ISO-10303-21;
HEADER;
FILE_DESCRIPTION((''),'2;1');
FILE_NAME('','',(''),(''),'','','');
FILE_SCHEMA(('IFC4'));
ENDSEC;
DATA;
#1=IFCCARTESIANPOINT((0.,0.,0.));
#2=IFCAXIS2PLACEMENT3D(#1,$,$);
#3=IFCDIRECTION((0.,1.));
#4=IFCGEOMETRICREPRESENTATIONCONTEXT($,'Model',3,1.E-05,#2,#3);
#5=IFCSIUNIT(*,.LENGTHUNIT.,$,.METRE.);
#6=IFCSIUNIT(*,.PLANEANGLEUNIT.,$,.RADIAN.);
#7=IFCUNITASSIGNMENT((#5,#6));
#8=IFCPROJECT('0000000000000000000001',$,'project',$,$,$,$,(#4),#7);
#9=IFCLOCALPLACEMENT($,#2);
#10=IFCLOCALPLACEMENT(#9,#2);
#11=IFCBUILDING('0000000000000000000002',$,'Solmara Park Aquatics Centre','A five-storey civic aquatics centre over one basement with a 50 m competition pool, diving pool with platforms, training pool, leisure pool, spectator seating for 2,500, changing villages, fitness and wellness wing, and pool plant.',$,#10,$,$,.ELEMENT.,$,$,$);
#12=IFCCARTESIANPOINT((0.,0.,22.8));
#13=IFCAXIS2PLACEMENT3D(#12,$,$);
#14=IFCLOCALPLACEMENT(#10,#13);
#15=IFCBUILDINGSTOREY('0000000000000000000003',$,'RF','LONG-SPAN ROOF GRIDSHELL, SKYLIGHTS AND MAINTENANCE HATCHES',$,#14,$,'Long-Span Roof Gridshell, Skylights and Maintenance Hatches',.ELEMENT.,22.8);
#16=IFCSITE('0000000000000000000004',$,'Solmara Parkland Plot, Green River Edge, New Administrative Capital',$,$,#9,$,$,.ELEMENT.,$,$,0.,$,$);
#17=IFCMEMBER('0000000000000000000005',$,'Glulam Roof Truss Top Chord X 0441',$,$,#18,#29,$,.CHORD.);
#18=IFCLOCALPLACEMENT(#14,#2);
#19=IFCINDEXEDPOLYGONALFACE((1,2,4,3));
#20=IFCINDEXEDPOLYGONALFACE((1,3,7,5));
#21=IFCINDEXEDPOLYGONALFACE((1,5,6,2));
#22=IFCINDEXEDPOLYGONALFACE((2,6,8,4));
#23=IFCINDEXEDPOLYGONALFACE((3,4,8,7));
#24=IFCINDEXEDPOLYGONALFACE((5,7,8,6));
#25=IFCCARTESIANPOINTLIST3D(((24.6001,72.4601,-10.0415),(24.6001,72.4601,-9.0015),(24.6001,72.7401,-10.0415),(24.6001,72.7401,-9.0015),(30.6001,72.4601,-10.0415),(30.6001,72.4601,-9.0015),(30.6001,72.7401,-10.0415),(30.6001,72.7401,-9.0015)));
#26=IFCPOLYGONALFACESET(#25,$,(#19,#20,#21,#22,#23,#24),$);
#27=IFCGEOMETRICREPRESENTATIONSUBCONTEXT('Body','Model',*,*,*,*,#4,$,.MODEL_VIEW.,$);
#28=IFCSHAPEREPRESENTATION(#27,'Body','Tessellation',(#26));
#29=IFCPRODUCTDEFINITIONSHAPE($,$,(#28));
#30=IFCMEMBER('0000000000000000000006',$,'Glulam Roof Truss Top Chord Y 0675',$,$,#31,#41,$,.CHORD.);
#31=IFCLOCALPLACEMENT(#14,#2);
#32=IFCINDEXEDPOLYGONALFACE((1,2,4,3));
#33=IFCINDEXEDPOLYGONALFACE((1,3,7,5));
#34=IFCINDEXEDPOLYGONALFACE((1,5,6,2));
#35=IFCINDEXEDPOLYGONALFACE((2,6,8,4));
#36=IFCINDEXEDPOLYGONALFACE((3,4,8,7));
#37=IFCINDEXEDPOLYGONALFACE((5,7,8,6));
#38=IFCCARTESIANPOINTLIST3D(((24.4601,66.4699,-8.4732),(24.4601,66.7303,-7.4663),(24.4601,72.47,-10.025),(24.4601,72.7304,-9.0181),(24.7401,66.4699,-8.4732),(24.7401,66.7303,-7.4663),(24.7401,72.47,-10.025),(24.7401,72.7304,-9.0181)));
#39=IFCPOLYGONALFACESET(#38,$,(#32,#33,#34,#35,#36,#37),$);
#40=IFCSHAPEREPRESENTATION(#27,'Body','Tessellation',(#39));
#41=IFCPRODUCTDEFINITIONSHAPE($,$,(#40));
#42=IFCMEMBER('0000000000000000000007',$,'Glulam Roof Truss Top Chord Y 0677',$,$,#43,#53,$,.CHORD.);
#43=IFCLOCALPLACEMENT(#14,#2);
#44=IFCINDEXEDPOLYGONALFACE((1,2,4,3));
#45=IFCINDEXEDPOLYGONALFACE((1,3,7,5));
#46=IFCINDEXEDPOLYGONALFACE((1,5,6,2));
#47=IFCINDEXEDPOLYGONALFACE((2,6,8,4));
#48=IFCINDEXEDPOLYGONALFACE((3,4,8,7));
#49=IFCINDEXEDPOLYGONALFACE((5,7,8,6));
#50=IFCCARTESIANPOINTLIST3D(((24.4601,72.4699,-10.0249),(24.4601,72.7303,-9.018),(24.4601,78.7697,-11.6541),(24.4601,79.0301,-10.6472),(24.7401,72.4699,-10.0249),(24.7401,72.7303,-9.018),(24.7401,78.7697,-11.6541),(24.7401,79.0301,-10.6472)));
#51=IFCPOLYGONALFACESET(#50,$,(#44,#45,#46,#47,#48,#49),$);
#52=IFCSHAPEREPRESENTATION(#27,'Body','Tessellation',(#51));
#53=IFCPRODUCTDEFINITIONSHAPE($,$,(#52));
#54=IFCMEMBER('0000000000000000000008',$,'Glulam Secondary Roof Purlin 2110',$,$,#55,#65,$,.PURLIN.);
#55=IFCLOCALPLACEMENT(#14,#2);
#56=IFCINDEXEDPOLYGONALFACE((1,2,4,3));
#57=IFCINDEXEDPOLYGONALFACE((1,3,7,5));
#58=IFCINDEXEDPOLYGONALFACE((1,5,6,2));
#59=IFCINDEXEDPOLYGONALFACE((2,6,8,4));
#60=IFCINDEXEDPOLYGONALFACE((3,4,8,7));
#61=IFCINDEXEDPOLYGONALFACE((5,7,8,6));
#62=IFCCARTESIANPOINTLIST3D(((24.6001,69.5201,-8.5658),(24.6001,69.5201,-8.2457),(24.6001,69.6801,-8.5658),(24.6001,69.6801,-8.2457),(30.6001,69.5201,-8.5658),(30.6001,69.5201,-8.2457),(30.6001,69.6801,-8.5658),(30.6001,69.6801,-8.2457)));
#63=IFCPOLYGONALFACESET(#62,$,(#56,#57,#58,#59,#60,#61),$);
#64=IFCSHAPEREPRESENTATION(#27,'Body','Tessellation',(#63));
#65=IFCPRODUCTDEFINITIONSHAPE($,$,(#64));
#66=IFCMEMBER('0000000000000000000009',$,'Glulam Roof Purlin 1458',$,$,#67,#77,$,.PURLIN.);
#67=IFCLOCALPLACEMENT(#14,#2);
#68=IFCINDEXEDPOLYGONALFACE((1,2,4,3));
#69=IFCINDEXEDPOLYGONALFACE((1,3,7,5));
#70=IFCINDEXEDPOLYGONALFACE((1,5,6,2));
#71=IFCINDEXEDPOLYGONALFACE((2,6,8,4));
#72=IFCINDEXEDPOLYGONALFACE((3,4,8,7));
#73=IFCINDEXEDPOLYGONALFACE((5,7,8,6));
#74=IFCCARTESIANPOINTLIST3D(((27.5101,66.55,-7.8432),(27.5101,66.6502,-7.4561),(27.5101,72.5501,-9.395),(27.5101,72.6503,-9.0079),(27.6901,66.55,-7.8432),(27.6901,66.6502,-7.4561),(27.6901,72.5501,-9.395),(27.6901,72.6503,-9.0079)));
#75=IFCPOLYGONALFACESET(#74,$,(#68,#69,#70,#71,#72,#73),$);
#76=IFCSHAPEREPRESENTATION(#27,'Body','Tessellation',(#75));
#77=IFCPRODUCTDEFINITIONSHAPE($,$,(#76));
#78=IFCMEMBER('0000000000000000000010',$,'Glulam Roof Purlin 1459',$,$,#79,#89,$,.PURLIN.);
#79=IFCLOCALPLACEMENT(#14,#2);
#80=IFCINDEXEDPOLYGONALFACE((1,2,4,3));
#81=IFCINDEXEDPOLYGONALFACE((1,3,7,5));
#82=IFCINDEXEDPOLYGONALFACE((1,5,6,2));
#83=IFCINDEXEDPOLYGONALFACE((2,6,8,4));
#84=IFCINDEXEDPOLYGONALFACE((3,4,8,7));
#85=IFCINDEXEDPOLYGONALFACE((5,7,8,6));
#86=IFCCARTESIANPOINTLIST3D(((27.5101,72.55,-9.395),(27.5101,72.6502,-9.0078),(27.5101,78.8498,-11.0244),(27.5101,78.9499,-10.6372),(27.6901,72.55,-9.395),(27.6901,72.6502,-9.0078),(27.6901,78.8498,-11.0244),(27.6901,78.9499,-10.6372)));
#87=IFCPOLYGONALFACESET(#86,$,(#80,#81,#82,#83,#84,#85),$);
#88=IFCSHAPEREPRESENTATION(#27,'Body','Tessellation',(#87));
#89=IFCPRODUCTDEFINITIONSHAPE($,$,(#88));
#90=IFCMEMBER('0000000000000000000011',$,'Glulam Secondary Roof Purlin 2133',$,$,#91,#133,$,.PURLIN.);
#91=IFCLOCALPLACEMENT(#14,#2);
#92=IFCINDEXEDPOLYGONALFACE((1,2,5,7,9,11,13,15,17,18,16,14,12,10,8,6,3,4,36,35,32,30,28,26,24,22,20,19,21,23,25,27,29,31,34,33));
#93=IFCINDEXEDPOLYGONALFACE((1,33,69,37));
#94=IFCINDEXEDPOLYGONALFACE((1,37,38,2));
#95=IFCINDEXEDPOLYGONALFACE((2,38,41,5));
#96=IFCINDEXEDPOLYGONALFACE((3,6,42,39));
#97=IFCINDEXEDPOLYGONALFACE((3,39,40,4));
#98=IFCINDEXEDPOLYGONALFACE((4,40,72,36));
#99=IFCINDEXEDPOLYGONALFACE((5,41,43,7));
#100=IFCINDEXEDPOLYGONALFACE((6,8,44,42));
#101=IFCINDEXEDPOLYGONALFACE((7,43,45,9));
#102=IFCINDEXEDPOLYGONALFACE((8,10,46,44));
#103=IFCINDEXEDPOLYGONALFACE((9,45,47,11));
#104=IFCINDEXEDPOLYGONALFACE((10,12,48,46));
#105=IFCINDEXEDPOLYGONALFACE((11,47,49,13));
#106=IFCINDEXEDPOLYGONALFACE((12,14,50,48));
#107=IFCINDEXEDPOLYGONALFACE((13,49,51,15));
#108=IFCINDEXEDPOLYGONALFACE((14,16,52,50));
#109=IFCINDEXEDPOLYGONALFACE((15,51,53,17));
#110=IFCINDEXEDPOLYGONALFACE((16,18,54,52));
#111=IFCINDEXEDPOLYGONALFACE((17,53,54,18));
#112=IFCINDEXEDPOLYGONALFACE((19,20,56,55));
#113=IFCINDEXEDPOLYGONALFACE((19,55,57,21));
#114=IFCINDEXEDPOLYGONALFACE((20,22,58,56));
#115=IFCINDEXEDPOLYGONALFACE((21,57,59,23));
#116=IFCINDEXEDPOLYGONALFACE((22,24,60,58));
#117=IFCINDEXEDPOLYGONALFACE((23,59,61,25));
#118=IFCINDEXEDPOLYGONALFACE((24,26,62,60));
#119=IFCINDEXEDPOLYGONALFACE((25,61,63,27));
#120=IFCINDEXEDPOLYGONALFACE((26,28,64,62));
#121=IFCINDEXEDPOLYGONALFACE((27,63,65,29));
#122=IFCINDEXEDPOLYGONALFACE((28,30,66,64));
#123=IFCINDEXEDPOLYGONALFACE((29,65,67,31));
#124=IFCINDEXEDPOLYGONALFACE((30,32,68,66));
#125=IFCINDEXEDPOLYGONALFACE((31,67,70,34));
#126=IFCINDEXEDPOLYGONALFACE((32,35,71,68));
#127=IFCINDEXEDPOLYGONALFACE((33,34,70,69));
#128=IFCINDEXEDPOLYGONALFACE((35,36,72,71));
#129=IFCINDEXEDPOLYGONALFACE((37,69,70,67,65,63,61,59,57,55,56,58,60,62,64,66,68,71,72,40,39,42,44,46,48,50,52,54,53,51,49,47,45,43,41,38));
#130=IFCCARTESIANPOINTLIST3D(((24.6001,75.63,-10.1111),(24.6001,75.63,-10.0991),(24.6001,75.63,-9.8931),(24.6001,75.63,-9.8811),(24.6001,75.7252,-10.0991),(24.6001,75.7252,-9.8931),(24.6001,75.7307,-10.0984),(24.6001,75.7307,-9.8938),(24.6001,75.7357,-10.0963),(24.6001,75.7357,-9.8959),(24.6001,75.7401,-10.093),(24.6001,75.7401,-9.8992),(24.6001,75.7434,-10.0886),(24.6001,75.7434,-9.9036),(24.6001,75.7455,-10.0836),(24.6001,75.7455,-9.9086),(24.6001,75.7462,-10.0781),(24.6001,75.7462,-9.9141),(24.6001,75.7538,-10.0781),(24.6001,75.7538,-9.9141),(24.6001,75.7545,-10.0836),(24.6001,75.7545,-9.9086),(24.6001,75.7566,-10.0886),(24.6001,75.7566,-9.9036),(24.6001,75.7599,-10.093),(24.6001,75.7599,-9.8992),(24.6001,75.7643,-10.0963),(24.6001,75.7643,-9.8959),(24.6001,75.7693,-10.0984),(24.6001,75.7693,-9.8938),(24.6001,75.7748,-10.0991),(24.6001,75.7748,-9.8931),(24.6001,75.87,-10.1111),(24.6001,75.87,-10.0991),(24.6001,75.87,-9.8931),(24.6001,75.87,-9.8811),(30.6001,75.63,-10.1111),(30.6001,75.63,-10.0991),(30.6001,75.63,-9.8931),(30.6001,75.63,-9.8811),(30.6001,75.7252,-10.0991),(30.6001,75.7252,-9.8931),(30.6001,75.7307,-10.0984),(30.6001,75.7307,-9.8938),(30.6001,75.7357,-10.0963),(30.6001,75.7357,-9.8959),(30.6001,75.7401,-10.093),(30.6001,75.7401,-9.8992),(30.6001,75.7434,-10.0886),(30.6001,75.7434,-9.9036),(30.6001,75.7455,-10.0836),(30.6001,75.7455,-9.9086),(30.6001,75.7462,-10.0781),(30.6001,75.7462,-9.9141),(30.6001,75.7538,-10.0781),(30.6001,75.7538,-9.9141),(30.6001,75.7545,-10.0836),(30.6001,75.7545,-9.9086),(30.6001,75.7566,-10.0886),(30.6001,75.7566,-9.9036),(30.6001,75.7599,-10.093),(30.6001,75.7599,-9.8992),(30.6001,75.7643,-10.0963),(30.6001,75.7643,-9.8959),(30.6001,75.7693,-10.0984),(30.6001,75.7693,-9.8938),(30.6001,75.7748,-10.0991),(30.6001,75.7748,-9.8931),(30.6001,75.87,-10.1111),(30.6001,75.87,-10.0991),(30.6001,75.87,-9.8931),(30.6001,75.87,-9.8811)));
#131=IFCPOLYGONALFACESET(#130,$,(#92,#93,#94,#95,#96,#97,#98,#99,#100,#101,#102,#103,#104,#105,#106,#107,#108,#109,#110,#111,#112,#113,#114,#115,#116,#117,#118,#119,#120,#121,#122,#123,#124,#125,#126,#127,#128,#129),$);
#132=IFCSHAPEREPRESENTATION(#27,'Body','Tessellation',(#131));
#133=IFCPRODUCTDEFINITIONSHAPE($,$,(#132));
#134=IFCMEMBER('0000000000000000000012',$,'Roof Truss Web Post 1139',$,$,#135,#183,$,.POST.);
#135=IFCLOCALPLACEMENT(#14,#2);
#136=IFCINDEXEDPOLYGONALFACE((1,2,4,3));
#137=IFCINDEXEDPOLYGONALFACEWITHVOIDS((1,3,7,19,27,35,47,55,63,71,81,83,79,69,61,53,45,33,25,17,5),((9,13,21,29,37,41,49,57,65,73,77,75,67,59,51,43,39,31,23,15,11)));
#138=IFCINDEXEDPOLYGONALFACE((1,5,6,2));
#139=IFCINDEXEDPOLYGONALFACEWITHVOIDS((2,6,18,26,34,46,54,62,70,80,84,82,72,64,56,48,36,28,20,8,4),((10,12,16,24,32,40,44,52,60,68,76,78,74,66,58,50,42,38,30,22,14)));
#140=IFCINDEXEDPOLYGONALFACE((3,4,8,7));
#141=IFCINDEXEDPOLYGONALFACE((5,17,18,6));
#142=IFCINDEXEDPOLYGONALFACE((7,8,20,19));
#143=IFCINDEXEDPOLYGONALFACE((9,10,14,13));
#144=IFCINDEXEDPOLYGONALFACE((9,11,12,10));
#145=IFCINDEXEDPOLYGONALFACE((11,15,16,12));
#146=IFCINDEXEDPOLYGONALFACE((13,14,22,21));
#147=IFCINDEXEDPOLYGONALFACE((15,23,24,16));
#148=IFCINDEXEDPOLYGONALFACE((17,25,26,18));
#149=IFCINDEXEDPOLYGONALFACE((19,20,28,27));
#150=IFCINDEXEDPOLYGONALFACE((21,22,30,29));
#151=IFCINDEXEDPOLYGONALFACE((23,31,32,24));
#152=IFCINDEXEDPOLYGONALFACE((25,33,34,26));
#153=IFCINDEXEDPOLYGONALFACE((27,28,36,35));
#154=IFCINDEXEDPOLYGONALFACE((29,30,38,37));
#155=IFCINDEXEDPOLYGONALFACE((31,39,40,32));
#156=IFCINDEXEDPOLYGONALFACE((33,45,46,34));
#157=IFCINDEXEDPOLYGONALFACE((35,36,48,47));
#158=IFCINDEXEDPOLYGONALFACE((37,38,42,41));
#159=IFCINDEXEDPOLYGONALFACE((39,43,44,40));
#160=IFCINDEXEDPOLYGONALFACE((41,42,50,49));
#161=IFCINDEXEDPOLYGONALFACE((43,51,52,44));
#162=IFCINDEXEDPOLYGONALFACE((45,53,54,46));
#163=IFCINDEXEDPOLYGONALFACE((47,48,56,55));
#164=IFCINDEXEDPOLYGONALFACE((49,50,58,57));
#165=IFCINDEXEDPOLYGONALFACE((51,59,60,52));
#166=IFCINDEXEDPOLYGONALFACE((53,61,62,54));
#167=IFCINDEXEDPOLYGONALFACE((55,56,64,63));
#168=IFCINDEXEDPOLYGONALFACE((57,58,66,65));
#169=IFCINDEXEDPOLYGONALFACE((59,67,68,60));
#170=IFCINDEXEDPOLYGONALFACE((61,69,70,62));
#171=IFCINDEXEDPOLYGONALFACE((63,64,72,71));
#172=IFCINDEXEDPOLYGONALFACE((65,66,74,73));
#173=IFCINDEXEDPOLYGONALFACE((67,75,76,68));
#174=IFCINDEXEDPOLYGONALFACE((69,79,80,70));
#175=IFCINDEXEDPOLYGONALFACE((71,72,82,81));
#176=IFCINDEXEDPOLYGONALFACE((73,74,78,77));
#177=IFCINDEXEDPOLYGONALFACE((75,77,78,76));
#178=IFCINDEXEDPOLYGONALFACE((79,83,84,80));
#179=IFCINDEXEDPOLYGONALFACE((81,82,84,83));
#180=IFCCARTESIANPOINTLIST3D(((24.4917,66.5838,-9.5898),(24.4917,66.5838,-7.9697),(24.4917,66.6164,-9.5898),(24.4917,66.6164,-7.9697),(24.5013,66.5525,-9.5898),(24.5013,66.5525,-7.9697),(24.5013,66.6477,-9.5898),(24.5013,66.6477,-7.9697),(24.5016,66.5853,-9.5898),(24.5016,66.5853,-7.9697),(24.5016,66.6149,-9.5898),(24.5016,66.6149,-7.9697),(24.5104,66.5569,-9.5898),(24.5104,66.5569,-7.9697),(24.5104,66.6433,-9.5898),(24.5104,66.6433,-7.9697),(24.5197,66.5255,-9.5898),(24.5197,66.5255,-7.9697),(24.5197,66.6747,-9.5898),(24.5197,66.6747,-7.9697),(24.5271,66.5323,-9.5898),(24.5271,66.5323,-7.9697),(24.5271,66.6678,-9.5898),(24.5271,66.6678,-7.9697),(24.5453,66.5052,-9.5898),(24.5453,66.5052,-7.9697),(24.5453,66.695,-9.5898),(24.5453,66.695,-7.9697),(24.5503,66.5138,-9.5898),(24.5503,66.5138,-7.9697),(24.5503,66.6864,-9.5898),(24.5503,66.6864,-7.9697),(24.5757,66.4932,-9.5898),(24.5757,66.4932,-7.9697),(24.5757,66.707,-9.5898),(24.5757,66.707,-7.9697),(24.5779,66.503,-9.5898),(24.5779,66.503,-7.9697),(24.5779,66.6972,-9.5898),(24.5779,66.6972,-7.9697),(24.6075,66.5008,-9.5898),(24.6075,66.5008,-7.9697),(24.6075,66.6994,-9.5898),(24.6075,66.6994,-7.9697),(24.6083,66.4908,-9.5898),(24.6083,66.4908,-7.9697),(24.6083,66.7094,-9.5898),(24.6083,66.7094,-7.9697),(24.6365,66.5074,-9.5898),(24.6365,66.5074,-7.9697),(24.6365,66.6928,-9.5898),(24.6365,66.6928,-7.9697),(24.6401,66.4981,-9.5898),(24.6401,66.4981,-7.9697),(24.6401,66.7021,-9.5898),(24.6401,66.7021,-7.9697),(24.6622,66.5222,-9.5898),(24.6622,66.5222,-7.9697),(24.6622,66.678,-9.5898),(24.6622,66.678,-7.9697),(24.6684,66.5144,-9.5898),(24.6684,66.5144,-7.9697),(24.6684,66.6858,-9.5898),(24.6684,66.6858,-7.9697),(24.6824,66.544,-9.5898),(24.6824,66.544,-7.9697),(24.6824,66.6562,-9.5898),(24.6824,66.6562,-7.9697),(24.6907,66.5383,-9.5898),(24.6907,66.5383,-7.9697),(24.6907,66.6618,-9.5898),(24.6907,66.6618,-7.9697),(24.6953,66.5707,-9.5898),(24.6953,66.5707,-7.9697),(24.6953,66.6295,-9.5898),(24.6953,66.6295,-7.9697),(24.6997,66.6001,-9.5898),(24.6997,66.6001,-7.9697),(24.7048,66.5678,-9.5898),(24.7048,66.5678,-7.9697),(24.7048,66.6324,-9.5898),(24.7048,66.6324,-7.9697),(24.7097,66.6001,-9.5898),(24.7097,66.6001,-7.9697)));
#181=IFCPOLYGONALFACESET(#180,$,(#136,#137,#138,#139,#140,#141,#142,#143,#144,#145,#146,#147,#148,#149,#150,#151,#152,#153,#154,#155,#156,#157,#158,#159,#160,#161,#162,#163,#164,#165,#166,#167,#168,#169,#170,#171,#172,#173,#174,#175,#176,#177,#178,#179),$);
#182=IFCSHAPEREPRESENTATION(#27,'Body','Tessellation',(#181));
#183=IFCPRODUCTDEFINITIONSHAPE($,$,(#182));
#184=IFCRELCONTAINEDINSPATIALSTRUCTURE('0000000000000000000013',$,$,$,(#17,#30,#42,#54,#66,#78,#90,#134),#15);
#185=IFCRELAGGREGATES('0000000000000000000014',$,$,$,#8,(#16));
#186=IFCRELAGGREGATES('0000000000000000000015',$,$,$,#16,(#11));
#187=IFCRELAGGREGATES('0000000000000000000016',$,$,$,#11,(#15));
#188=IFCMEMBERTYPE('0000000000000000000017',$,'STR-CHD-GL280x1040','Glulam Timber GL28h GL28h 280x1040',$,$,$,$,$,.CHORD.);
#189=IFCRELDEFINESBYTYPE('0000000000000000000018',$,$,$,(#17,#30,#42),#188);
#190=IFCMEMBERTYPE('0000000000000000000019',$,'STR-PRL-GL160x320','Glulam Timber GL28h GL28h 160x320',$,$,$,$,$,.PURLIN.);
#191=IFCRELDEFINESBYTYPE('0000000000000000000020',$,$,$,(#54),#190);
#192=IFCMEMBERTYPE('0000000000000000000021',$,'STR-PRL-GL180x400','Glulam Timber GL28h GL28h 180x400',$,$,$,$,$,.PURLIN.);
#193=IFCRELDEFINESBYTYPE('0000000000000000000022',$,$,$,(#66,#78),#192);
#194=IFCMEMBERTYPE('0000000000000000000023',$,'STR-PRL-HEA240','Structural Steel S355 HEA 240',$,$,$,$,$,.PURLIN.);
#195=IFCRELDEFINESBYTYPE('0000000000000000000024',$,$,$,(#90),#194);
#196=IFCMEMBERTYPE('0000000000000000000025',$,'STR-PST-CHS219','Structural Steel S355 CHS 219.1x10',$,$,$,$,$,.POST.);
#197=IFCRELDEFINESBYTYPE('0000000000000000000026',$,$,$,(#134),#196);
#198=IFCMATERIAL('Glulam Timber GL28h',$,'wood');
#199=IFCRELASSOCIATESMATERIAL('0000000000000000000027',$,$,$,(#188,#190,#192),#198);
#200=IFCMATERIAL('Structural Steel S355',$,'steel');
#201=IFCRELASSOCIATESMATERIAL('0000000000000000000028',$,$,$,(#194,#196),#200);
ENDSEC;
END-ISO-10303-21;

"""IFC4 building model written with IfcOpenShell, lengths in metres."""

from ifc_helpers import new_model, si_unit, direction, frame, origin, origin_2d, place, context, subcontext, project, spatial, rectangle, hollow_circle, i_section, extrude, material, material_profile, profile_set, type_object, element, save


model = new_model("IFC4")

# Units and contexts
model_context = context("Model", 3, precision=1e-05, world=origin(), true_north=direction((0.0, 1.0)))
body_context = subcontext(model_context, "Body", "Model", "MODEL_VIEW")
ifc_project = project(units=[si_unit("LENGTHUNIT", "METRE"), si_unit("PLANEANGLEUNIT", "RADIAN")], contexts=[model_context])

# Site, building, storey
site_placement = place(None, origin())
site = spatial("IfcSite", under=ifc_project, at=site_placement, Name="Solmara Parkland Plot, Green River Edge, New Administrative Capital", CompositionType="ELEMENT", RefElevation=0.0)
building_placement = place(site_placement, origin())
building = spatial("IfcBuilding", under=site, at=building_placement, Name="Solmara Park Aquatics Centre", Description="A five-storey civic aquatics centre over one basement with a 50 m competition pool, diving pool with platforms, training pool, leisure pool, spectator seating for 2,500, changing villages, fitness and wellness wing, and pool plant.", CompositionType="ELEMENT")
storey_placement = place(building_placement, frame((0.0, 0.0, 22.8)))
storey = spatial("IfcBuildingStorey", under=building, at=storey_placement, Name="RF", Description="LONG-SPAN ROOF GRIDSHELL, SKYLIGHTS AND MAINTENANCE HATCHES", LongName="Long-Span Roof Gridshell, Skylights and Maintenance Hatches", CompositionType="ELEMENT", Elevation=22.8)

# Members
ifc_material_1 = material(Name="Structural Steel S355", Category="steel")
ifc_material_2 = material(Name="Glulam Timber GL28h", Category="wood")
ifc_material_profile_1 = material_profile(ifc_material_2, rectangle(XDim=0.28, YDim=1.04, at=origin_2d()), Name="GL28h 280x1040")
ifc_profile_set_1 = profile_set([ifc_material_profile_1], Name="Glulam Timber GL28h")
member_type_1 = type_object("IfcMemberType", Name="STR-CHD-GL280x1040", Description="Glulam Timber GL28h GL28h 280x1040", PredefinedType="CHORD", material=ifc_profile_set_1)
member_1_placement = place(storey_placement, frame((24.6001, 72.6001, -9.5215), z_axis=(1.0, 0.0, 0.0), x_axis=(0.0, 1.0, 0.0)))
element("IfcMember", 1, at=member_1_placement, inside=storey, type_object=member_type_1, Name="Glulam Roof Truss Top Chord X 0441", PredefinedType="CHORD", context=body_context, shape_type="SweptSolid", body=[
    extrude(rectangle(XDim=0.28, YDim=1.04, at=origin_2d()), origin(), (0.0, 0.0, 1.0), 6.0),
])
member_2_placement = place(storey_placement, frame((24.6001, 66.6001, -7.9697), z_axis=(0.0, 0.968146, -0.250388), x_axis=(-1.0, 0.0, 0.0)))
element("IfcMember", 2, at=member_2_placement, inside=storey, type_object=member_type_1, Name="Glulam Roof Truss Top Chord Y 0675", PredefinedType="CHORD", context=body_context, shape_type="SweptSolid", body=[
    extrude(rectangle(XDim=0.28, YDim=1.04, at=origin_2d()), origin(), (0.0, 0.0, 1.0), 6.1975),
])
member_3_placement = place(storey_placement, frame((24.6001, 72.6001, -9.5215), z_axis=(0.0, 0.968151, -0.250367), x_axis=(-1.0, 0.0, 0.0)))
element("IfcMember", 3, at=member_3_placement, inside=storey, type_object=member_type_1, Name="Glulam Roof Truss Top Chord Y 0677", PredefinedType="CHORD", context=body_context, shape_type="SweptSolid", body=[
    extrude(rectangle(XDim=0.28, YDim=1.04, at=origin_2d()), origin(), (0.0, 0.0, 1.0), 6.5071),
])
ifc_material_profile_2 = material_profile(ifc_material_2, rectangle(XDim=0.1599, YDim=0.3201, at=origin_2d()), Name="GL28h 160x320")
ifc_profile_set_2 = profile_set([ifc_material_profile_2], Name="Glulam Timber GL28h")
member_type_2 = type_object("IfcMemberType", Name="STR-PRL-GL160x320", Description="Glulam Timber GL28h GL28h 160x320", PredefinedType="PURLIN", material=ifc_profile_set_2)
member_4_placement = place(storey_placement, frame((24.6001, 69.6001, -8.4058), z_axis=(1.0, 0.0, 0.0), x_axis=(0.0, 1.0, 0.0)))
element("IfcMember", 4, at=member_4_placement, inside=storey, type_object=member_type_2, Name="Glulam Secondary Roof Purlin 2110", PredefinedType="PURLIN", context=body_context, shape_type="SweptSolid", body=[
    extrude(rectangle(XDim=0.1599, YDim=0.3201, at=origin_2d()), origin(), (0.0, 0.0, 1.0), 6.0),
])
ifc_material_profile_3 = material_profile(ifc_material_2, rectangle(XDim=0.1799, YDim=0.3999, at=origin_2d()), Name="GL28h 180x400")
ifc_profile_set_3 = profile_set([ifc_material_profile_3], Name="Glulam Timber GL28h")
member_type_3 = type_object("IfcMemberType", Name="STR-PRL-GL180x400", Description="Glulam Timber GL28h GL28h 180x400", PredefinedType="PURLIN", material=ifc_profile_set_3)
member_5_placement = place(storey_placement, frame((27.6001, 66.6001, -7.6497), z_axis=(0.0, 0.968146, -0.250388), x_axis=(-1.0, 0.0, 0.0)))
element("IfcMember", 5, at=member_5_placement, inside=storey, type_object=member_type_3, Name="Glulam Roof Purlin 1458", PredefinedType="PURLIN", context=body_context, shape_type="SweptSolid", body=[
    extrude(rectangle(XDim=0.1799, YDim=0.3999, at=origin_2d()), origin(), (0.0, 0.0, 1.0), 6.1975),
])
member_6_placement = place(storey_placement, frame((27.6001, 72.6001, -9.2014), z_axis=(0.0, 0.968142, -0.250402), x_axis=(-1.0, 0.0, 0.0)))
element("IfcMember", 6, at=member_6_placement, inside=storey, type_object=member_type_3, Name="Glulam Roof Purlin 1459", PredefinedType="PURLIN", context=body_context, shape_type="SweptSolid", body=[
    extrude(rectangle(XDim=0.1799, YDim=0.3999, at=origin_2d()), origin(), (0.0, 0.0, 1.0), 6.5071),
])
ifc_material_profile_4 = material_profile(ifc_material_1, i_section(OverallWidth=0.24, OverallDepth=0.23, WebThickness=0.0076, FlangeThickness=0.012, FilletRadius=0.021, at=origin_2d()), Name="HEA 240")
ifc_profile_set_4 = profile_set([ifc_material_profile_4], Name="Structural Steel S355")
member_type_4 = type_object("IfcMemberType", Name="STR-PRL-HEA240", Description="Structural Steel S355 HEA 240", PredefinedType="PURLIN", material=ifc_profile_set_4)
member_7_placement = place(storey_placement, frame((24.6001, 75.75, -9.9961), z_axis=(1.0, 0.0, 0.0), x_axis=(0.0, 1.0, 0.0)))
element("IfcMember", 7, at=member_7_placement, inside=storey, type_object=member_type_4, Name="Glulam Secondary Roof Purlin 2133", PredefinedType="PURLIN", context=body_context, shape_type="SweptSolid", body=[
    extrude(i_section(OverallWidth=0.24, OverallDepth=0.23, WebThickness=0.0076, FlangeThickness=0.012, FilletRadius=0.021, at=origin_2d()), origin(), (0.0, 0.0, 1.0), 6.0),
])
ifc_material_profile_5 = material_profile(ifc_material_1, hollow_circle(Radius=0.1096, WallThickness=0.01, at=origin_2d()), Name="CHS 219.1x10")
ifc_profile_set_5 = profile_set([ifc_material_profile_5], Name="Structural Steel S355")
member_type_5 = type_object("IfcMemberType", Name="STR-PST-CHS219", Description="Structural Steel S355 CHS 219.1x10", PredefinedType="POST", material=ifc_profile_set_5)
member_8_placement = place(storey_placement, frame((24.6001, 66.6001, -9.5898), z_axis=(0.0, 0.0, 1.0), x_axis=(1.0, 0.0, 0.0)))
element("IfcMember", 8, at=member_8_placement, inside=storey, type_object=member_type_5, Name="Roof Truss Web Post 1139", PredefinedType="POST", context=body_context, shape_type="SweptSolid", body=[
    extrude(hollow_circle(Radius=0.1096, WallThickness=0.01, at=origin_2d()), origin(), (0.0, 0.0, 1.0), 1.6201),
])

save(model, "model.ifc")
